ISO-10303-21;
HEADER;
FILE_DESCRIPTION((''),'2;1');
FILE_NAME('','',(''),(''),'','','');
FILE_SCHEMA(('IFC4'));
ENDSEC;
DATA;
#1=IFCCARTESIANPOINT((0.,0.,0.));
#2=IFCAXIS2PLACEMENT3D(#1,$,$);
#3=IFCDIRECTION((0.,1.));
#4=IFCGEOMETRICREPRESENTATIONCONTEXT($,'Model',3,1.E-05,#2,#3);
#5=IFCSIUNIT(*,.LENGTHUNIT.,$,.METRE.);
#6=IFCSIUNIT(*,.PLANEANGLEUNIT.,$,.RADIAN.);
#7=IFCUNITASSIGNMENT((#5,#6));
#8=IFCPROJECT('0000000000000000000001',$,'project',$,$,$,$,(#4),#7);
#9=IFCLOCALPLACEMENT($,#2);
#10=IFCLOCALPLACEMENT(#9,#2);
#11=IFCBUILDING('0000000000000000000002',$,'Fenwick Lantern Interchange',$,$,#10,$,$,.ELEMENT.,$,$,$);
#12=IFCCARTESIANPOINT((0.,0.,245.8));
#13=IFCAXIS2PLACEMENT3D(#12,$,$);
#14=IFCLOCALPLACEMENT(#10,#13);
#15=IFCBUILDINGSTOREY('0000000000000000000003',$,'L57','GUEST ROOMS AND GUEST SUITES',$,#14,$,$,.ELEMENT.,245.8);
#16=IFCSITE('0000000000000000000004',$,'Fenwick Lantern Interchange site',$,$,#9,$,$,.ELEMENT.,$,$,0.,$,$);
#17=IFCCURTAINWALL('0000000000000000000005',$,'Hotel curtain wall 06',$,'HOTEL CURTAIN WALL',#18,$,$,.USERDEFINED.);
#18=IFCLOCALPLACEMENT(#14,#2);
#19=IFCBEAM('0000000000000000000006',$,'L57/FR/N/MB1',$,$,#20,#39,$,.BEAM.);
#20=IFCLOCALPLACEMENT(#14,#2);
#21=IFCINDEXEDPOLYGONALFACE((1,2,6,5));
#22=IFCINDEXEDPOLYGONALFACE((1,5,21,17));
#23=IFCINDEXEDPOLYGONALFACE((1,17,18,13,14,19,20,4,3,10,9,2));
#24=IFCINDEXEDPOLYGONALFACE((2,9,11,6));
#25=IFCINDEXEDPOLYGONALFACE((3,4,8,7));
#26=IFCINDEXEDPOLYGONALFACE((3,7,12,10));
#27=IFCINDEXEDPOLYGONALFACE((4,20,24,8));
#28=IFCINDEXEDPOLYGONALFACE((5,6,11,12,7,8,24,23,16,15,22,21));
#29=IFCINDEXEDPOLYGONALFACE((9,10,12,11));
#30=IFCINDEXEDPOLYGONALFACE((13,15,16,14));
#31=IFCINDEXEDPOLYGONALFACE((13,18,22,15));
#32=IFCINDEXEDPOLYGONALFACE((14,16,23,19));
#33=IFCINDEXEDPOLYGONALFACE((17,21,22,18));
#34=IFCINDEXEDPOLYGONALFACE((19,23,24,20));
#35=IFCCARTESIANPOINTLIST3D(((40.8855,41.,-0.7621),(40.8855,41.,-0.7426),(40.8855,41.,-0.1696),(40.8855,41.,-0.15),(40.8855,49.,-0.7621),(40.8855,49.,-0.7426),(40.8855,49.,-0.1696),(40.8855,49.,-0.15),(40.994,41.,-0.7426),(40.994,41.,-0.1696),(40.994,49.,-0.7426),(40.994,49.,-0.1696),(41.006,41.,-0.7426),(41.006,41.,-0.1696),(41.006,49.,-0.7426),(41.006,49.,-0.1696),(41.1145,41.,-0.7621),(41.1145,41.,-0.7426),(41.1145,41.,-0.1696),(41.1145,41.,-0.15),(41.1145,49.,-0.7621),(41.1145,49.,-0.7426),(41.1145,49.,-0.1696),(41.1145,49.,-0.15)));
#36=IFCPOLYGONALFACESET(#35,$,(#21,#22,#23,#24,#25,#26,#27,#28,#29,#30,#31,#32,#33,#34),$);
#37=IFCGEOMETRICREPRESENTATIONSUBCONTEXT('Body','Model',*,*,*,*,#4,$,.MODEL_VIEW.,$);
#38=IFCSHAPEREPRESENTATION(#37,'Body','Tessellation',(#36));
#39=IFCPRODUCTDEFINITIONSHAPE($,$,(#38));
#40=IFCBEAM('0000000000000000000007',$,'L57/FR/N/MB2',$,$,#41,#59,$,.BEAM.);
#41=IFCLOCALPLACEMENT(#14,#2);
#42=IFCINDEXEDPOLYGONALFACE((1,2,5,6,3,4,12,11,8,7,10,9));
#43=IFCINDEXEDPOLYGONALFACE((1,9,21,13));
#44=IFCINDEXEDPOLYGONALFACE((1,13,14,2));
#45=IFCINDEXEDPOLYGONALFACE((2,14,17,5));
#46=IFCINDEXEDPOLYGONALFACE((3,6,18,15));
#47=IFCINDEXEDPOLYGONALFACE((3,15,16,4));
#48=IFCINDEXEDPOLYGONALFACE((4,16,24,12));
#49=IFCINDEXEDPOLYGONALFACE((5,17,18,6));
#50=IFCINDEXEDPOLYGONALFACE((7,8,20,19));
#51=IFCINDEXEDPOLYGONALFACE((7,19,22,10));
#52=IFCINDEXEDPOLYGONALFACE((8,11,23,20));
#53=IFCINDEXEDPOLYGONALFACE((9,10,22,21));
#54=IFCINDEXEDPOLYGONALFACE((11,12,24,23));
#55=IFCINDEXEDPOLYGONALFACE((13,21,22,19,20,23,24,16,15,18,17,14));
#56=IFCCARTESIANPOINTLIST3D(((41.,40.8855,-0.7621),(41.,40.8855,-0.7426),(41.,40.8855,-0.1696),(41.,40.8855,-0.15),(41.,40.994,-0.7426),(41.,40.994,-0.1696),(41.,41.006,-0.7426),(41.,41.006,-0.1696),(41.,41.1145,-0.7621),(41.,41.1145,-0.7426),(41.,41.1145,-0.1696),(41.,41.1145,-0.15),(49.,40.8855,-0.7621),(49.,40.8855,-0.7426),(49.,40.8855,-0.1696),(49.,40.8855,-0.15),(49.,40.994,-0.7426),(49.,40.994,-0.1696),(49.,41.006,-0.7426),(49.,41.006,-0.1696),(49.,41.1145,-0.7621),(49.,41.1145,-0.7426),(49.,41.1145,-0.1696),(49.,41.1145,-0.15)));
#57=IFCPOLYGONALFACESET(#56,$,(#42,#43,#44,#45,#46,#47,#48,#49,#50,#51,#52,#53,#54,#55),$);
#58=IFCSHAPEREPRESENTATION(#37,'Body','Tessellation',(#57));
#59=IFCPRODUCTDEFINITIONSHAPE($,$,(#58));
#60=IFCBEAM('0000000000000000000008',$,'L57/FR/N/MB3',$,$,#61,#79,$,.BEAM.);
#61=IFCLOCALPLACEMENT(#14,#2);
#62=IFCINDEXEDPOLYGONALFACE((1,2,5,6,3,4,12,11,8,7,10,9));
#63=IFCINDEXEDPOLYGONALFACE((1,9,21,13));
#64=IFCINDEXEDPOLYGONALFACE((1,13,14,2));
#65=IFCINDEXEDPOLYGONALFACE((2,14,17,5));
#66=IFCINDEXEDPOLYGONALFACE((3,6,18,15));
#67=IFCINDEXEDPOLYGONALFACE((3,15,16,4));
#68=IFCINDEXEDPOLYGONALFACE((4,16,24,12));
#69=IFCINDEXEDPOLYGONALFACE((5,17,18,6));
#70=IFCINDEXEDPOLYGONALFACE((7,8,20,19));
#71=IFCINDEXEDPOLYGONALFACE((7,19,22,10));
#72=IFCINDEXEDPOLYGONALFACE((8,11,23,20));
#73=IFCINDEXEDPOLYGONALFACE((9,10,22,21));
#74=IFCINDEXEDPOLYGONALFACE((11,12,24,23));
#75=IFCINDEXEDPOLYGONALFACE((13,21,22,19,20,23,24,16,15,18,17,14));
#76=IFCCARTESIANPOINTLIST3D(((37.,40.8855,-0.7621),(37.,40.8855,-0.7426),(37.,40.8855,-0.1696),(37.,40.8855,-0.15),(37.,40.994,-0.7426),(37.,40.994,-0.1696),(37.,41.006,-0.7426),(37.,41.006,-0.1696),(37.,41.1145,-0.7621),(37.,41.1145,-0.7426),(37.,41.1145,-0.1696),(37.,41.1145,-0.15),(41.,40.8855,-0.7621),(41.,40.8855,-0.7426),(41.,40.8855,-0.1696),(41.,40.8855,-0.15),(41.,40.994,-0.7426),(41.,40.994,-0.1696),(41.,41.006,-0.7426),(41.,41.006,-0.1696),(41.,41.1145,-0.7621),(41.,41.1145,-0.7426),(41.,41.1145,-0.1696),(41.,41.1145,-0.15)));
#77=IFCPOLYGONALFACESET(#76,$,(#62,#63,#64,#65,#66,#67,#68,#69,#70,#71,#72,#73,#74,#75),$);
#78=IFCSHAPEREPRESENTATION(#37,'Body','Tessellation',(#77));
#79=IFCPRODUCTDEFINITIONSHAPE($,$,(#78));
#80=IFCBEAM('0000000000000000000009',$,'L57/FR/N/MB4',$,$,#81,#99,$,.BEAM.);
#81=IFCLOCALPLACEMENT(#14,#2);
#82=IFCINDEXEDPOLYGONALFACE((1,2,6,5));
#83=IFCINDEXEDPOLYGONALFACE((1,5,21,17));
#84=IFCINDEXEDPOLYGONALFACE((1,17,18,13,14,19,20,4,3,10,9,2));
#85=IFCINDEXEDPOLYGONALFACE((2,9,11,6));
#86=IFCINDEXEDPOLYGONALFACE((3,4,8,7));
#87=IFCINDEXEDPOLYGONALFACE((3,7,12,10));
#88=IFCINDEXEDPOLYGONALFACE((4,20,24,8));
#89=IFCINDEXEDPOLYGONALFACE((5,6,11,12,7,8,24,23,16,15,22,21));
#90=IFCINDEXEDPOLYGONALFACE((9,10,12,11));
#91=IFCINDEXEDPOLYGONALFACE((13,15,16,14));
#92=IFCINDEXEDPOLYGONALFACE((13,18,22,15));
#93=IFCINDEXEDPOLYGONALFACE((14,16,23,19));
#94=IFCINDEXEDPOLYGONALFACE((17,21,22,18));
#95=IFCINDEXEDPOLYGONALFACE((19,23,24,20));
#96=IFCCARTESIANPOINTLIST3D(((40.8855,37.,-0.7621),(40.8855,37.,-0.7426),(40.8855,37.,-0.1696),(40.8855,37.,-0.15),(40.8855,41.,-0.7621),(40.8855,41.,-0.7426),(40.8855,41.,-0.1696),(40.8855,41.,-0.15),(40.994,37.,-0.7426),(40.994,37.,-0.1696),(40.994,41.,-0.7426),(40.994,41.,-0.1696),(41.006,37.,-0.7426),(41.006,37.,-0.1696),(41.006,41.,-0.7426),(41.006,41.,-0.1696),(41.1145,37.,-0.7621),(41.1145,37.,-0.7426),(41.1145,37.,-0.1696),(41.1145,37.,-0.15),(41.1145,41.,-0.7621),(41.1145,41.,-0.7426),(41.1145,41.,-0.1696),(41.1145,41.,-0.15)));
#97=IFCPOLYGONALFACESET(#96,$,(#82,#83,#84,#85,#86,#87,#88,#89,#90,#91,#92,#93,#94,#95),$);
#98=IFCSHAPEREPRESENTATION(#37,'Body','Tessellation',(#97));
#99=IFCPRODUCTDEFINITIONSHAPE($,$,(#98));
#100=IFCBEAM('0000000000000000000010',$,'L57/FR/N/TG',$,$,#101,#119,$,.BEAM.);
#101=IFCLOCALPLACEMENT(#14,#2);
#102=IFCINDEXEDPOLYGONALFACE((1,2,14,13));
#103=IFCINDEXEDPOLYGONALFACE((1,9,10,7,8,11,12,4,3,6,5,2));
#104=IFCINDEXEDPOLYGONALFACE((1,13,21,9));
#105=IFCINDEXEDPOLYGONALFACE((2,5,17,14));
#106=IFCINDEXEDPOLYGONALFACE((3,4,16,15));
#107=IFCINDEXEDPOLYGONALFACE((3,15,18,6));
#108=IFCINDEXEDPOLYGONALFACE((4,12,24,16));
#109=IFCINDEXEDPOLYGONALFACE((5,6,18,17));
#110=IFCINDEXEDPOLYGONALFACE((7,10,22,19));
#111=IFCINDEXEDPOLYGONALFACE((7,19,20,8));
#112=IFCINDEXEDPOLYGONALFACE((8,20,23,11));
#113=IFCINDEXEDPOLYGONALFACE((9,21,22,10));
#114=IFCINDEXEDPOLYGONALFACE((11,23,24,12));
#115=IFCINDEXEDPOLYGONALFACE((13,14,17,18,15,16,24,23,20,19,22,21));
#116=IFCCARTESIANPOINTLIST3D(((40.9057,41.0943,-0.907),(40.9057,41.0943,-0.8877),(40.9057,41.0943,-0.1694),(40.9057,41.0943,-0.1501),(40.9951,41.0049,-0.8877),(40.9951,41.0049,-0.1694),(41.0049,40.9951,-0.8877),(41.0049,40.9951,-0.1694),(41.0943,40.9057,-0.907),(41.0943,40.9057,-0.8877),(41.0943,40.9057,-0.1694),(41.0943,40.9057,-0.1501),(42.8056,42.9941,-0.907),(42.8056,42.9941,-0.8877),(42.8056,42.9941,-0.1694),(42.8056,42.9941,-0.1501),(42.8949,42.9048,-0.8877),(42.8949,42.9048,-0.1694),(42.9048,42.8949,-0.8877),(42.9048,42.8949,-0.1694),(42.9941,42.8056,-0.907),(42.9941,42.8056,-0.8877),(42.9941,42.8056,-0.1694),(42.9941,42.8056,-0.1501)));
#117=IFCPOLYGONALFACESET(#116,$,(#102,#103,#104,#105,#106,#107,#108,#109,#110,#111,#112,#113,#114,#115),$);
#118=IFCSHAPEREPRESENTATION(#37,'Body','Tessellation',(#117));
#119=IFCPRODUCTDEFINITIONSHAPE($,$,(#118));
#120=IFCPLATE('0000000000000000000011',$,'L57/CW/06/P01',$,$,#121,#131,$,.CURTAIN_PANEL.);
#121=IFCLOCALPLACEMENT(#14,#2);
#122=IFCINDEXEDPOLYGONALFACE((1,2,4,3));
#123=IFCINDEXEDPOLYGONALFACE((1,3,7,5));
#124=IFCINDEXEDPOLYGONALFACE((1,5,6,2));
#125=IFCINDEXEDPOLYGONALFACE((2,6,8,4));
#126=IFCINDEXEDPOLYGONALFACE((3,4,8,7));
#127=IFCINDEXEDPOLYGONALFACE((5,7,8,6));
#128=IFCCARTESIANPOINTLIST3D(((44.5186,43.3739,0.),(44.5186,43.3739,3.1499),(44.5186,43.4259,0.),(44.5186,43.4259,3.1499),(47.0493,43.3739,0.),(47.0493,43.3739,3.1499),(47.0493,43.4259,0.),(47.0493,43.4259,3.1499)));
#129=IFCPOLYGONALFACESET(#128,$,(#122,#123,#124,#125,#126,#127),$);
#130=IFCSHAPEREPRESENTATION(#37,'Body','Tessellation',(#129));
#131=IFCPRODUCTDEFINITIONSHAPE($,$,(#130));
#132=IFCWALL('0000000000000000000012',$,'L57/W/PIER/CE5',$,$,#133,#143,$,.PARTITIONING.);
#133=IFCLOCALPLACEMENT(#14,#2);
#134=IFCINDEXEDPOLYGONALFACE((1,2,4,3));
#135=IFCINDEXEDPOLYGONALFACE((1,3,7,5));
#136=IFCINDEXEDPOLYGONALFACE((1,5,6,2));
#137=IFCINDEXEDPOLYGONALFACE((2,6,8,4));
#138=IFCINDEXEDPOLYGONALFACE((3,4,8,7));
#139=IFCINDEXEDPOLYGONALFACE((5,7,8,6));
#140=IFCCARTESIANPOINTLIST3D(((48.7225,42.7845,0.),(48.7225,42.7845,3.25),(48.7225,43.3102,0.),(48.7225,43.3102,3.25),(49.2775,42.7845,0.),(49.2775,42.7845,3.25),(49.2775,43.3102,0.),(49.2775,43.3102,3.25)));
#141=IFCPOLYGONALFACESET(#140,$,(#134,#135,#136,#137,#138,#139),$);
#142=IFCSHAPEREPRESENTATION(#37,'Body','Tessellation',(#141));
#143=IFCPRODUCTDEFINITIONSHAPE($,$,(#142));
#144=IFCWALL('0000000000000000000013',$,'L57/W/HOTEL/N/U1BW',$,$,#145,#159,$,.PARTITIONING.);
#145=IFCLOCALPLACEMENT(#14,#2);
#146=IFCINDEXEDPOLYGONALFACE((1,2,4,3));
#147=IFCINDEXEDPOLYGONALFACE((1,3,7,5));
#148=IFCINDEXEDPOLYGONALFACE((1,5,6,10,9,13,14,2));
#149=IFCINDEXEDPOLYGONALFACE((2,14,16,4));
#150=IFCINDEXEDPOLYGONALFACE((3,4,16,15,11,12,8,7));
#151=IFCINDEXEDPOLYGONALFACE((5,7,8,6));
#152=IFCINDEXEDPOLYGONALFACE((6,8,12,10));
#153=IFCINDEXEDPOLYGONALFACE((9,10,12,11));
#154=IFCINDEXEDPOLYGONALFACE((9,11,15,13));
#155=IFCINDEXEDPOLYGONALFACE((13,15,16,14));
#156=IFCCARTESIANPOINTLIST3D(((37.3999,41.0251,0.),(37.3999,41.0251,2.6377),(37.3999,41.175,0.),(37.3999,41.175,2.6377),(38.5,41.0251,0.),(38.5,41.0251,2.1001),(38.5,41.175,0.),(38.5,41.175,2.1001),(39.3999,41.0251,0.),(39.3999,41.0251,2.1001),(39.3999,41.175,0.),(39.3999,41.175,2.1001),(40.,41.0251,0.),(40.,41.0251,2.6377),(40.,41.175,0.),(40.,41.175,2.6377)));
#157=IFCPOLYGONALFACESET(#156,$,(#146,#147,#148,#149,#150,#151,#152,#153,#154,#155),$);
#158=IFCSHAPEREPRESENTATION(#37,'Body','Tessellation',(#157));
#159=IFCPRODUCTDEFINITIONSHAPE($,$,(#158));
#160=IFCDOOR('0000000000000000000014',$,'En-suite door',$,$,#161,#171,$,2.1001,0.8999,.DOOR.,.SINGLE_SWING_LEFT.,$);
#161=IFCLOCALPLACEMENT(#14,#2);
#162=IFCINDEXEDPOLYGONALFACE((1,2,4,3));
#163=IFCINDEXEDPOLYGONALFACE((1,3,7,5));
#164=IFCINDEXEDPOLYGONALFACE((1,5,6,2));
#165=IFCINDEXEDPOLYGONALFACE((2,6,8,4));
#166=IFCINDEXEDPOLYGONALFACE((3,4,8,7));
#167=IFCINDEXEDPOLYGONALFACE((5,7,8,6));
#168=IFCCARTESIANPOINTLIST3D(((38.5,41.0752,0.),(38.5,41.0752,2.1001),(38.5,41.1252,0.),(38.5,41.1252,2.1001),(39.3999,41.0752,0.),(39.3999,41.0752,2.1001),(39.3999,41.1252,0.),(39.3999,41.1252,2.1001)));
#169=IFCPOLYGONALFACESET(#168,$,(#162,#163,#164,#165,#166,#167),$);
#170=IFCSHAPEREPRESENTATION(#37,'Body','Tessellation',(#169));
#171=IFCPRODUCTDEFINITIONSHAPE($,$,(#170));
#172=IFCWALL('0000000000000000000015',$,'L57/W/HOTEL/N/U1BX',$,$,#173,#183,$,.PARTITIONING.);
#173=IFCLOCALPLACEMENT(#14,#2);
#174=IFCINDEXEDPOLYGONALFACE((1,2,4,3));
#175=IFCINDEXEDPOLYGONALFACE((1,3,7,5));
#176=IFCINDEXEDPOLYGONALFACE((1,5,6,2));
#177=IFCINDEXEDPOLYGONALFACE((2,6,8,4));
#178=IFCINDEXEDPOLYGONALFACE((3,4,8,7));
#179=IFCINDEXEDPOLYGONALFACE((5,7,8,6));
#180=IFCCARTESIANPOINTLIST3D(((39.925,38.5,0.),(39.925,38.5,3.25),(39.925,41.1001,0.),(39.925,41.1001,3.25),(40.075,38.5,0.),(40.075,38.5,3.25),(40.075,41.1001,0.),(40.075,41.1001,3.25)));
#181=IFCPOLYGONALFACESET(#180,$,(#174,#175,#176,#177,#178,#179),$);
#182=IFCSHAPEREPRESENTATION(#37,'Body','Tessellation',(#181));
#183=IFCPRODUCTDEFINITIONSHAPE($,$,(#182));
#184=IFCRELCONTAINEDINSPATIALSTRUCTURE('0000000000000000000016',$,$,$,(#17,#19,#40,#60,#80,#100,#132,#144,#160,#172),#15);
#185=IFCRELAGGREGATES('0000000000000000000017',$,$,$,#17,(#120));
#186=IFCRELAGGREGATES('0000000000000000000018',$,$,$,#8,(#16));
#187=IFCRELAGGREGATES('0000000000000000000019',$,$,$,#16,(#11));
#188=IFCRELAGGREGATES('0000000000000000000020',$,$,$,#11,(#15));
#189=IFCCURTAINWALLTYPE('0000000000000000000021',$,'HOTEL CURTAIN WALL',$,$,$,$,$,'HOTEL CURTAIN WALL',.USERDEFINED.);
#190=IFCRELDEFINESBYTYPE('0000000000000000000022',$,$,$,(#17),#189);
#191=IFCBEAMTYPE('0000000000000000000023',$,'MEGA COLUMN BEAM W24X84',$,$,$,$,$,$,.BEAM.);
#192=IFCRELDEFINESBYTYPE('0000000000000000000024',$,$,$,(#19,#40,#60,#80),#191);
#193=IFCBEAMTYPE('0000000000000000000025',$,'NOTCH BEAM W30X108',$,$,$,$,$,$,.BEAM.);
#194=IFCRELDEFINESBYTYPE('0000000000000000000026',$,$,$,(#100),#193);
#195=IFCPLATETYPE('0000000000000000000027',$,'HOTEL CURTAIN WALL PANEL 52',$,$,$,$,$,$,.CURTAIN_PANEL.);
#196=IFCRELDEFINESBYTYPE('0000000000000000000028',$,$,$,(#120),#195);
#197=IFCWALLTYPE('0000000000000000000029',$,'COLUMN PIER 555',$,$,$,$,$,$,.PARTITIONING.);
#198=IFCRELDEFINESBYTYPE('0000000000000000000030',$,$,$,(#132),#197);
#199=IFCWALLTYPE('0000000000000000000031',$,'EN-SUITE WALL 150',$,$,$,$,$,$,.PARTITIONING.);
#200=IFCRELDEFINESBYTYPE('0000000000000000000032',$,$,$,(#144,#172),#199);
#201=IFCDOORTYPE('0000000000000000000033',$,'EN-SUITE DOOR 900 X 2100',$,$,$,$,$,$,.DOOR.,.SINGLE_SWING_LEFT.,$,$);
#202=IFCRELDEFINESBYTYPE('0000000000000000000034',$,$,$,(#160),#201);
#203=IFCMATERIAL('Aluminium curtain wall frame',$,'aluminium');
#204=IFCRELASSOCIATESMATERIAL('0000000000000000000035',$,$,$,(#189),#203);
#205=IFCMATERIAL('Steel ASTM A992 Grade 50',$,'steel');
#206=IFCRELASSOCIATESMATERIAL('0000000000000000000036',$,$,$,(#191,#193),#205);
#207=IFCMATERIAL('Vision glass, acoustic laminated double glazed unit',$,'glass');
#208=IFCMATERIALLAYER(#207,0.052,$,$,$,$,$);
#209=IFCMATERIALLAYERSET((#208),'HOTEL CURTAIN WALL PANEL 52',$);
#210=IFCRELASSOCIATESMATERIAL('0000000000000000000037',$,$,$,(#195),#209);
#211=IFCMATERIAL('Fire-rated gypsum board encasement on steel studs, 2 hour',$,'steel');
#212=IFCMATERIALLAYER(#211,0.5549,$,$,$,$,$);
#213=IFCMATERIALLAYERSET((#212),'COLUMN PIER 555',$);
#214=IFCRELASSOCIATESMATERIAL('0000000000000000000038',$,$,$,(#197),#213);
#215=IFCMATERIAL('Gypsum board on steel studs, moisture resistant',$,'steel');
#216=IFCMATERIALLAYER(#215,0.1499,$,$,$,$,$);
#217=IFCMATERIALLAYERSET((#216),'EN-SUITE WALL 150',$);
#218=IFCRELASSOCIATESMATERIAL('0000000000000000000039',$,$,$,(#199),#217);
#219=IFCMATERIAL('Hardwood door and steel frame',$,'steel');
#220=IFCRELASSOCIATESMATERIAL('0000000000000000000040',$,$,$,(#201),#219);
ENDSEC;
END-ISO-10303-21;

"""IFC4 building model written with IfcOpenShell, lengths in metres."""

from ifc_helpers import new_model, si_unit, direction, frame, frame_2d, origin, origin_2d, place, context, subcontext, project, spatial, rectangle, i_section, extrude, material, layer, layer_set, material_profile, profile_set, type_object, element, fill, aggregate, save


model = new_model("IFC4")

# Units and contexts
model_context = context("Model", 3, precision=1e-05, world=origin(), true_north=direction((0.0, 1.0)))
body_context = subcontext(model_context, "Body", "Model", "MODEL_VIEW")
ifc_project = project(units=[si_unit("LENGTHUNIT", "METRE"), si_unit("PLANEANGLEUNIT", "RADIAN")], contexts=[model_context])

# Site, building, storey
site_placement = place(None, origin())
site = spatial("IfcSite", under=ifc_project, at=site_placement, Name="Fenwick Lantern Interchange site", CompositionType="ELEMENT", RefElevation=0.0)
building_placement = place(site_placement, origin())
building = spatial("IfcBuilding", under=site, at=building_placement, Name="Fenwick Lantern Interchange", CompositionType="ELEMENT")
storey_placement = place(building_placement, frame((0.0, 0.0, 245.8)))
storey = spatial("IfcBuildingStorey", under=building, at=storey_placement, Name="L57", Description="GUEST ROOMS AND GUEST SUITES", CompositionType="ELEMENT", Elevation=245.8)

# Shared definitions
ifc_material_1 = material(Name="Steel ASTM A992 Grade 50", Category="steel")

# Curtain wall
ifc_material_2 = material(Name="Aluminium curtain wall frame", Category="aluminium")
curtain_wall_type = type_object("IfcCurtainWallType", Name="HOTEL CURTAIN WALL", ElementType="HOTEL CURTAIN WALL", PredefinedType="USERDEFINED", material=ifc_material_2)
curtain_wall_1_placement = place(storey_placement, origin())
curtain_wall_1 = element("IfcCurtainWall", 1, at=curtain_wall_1_placement, inside=storey, type_object=curtain_wall_type, Name="Hotel curtain wall 06", ObjectType="HOTEL CURTAIN WALL", PredefinedType="USERDEFINED")

# Beams
ifc_material_profile_1 = material_profile(ifc_material_1, i_section(OverallWidth=0.229, OverallDepth=0.6121, WebThickness=0.012, FlangeThickness=0.0195, at=origin_2d()), Name="W24X84")
ifc_profile_set_1 = profile_set([ifc_material_profile_1], Name="Steel ASTM A992 Grade 50")
beam_type_1 = type_object("IfcBeamType", Name="MEGA COLUMN BEAM W24X84", PredefinedType="BEAM", material=ifc_profile_set_1)
for number, where, z_axis, x_axis, name in (
    (2, (41.0, 41.0, -0.4561), (0.0, 1.0, 0.0), (-1.0, 0.0, 0.0), "L57/FR/N/MB1"),
    (3, (41.0, 41.0, -0.4561), (1.0, 0.0, 0.0), (0.0, 1.0, 0.0), "L57/FR/N/MB2"),
):
    element("IfcBeam", number, at=place(storey_placement, frame(where, z_axis=z_axis, x_axis=x_axis)), inside=storey, type_object=beam_type_1, Name=name, PredefinedType="BEAM", context=body_context, shape_type="SweptSolid", body=[
        extrude(i_section(OverallWidth=0.229, OverallDepth=0.6121, WebThickness=0.012, FlangeThickness=0.0195, at=origin_2d()), origin(), (0.0, 0.0, 1.0), 8.0),
    ])
for number, where, z_axis, x_axis, name in (
    (4, (41.0, 41.0, -0.4561), (-1.0, 0.0, 0.0), (0.0, -1.0, 0.0), "L57/FR/N/MB3"),
    (5, (41.0, 41.0, -0.4561), (0.0, -1.0, 0.0), (1.0, 0.0, 0.0), "L57/FR/N/MB4"),
):
    element("IfcBeam", number, at=place(storey_placement, frame(where, z_axis=z_axis, x_axis=x_axis)), inside=storey, type_object=beam_type_1, Name=name, PredefinedType="BEAM", context=body_context, shape_type="SweptSolid", body=[
        extrude(i_section(OverallWidth=0.229, OverallDepth=0.6121, WebThickness=0.012, FlangeThickness=0.0195, at=origin_2d()), origin(), (0.0, 0.0, 1.0), 4.0),
    ])
ifc_material_profile_2 = material_profile(ifc_material_1, i_section(OverallWidth=0.2666, OverallDepth=0.7568, WebThickness=0.0139, FlangeThickness=0.0193, at=origin_2d()), Name="W30X108")
ifc_profile_set_2 = profile_set([ifc_material_profile_2], Name="Steel ASTM A992 Grade 50")
beam_type_2 = type_object("IfcBeamType", Name="NOTCH BEAM W30X108", PredefinedType="BEAM", material=ifc_profile_set_2)
beam_1_placement = place(storey_placement, frame((41.0, 41.0, -0.5286), z_axis=(0.707107, 0.707107, 0.0), x_axis=(-0.707107, 0.707107, 0.0)))
element("IfcBeam", 6, at=beam_1_placement, inside=storey, type_object=beam_type_2, Name="L57/FR/N/TG", PredefinedType="BEAM", context=body_context, shape_type="SweptSolid", body=[
    extrude(i_section(OverallWidth=0.2666, OverallDepth=0.7568, WebThickness=0.0139, FlangeThickness=0.0193, at=origin_2d()), origin(), (0.0, 0.0, 1.0), 2.6868),
])

# Plate
ifc_material_3 = material(Name="Vision glass, acoustic laminated double glazed unit", Category="glass")
ifc_layer_1 = layer(ifc_material_3, 0.052)
ifc_layer_set_1 = layer_set([ifc_layer_1], Name="HOTEL CURTAIN WALL PANEL 52")
plate_type = type_object("IfcPlateType", Name="HOTEL CURTAIN WALL PANEL 52", PredefinedType="CURTAIN_PANEL", material=ifc_layer_set_1)
plate_placement = place(storey_placement, frame((45.7839, 43.3999, 0.0), z_axis=(0.0, 0.0, 1.0), x_axis=(-1.0, 0.0, 0.0)))
plate = element("IfcPlate", 7, at=plate_placement, type_object=plate_type, Name="L57/CW/06/P01", PredefinedType="CURTAIN_PANEL", context=body_context, shape_type="SweptSolid", body=[
    extrude(rectangle(XDim=2.5308, YDim=0.052, at=origin_2d()), origin(), (0.0, 0.0, 1.0), 3.1499),
])
aggregate(curtain_wall_1, [plate])

# Wall
ifc_material_4 = material(Name="Fire-rated gypsum board encasement on steel studs, 2 hour", Category="steel")
ifc_layer_2 = layer(ifc_material_4, 0.5549)
ifc_layer_set_2 = layer_set([ifc_layer_2], Name="COLUMN PIER 555")
wall_type_1 = type_object("IfcWallType", Name="COLUMN PIER 555", PredefinedType="PARTITIONING", material=ifc_layer_set_2)
wall_1_placement = place(storey_placement, frame((49.0, 43.3101, 0.0), z_axis=(0.0, 0.0, 1.0), x_axis=(0.0, -1.0, 0.0)))
element("IfcWall", 8, at=wall_1_placement, inside=storey, type_object=wall_type_1, Name="L57/W/PIER/CE5", PredefinedType="PARTITIONING", context=body_context, shape_type="SweptSolid", body=[
    extrude(rectangle(XDim=0.5256, YDim=0.5549, at=frame_2d((0.2627, 0.0))), origin(), (0.0, 0.0, 1.0), 3.25),
])

# Wall, opening, door
ifc_material_5 = material(Name="Gypsum board on steel studs, moisture resistant", Category="steel")
ifc_layer_3 = layer(ifc_material_5, 0.1499)
ifc_layer_set_3 = layer_set([ifc_layer_3], Name="EN-SUITE WALL 150")
wall_type_2 = type_object("IfcWallType", Name="EN-SUITE WALL 150", PredefinedType="PARTITIONING", material=ifc_layer_set_3)
wall_2_placement = place(storey_placement, frame((40.0, 41.1001, 0.0), z_axis=(0.0, 0.0, 1.0), x_axis=(-1.0, 0.0, 0.0)))
wall_2 = element("IfcWall", 9, at=wall_2_placement, inside=storey, type_object=wall_type_2, Name="L57/W/HOTEL/N/U1BW", PredefinedType="PARTITIONING", context=body_context, shape_type="SweptSolid", body=[
    extrude(rectangle(XDim=2.6001, YDim=0.1499, at=frame_2d((1.3, 0.0))), origin(), (0.0, 0.0, 1.0), 2.6377),
])
opening_placement = place(wall_2_placement, frame((0.6001, 0.0, 0.0)))
opening = element("IfcOpeningElement", 10, at=opening_placement, cuts=wall_2, PredefinedType="OPENING", context=body_context, shape_type="SweptSolid", body=[
    extrude(rectangle(XDim=0.8999, YDim=2.1001, at=frame_2d((0.45, 1.05))), frame((0.0, 0.085, 0.0), z_axis=(0.0, -1.0, 0.0), x_axis=(1.0, 0.0, 0.0)), (0.0, 0.0, 1.0), 0.1699),
])
ifc_material_6 = material(Name="Hardwood door and steel frame", Category="steel")
door_type = type_object("IfcDoorType", Name="EN-SUITE DOOR 900 X 2100", OperationType="SINGLE_SWING_LEFT", PredefinedType="DOOR", material=ifc_material_6)
door_placement = place(opening_placement, origin())
door = element("IfcDoor", 11, at=door_placement, inside=storey, type_object=door_type, Name="En-suite door", OperationType="SINGLE_SWING_LEFT", OverallHeight=2.1001, OverallWidth=0.8999, PredefinedType="DOOR", context=body_context, shape_type="SweptSolid", body=[
    extrude(rectangle(XDim=0.8999, YDim=2.1001, at=frame_2d((0.45, 1.05))), frame((0.0, 0.0249, 0.0), z_axis=(0.0, -1.0, 0.0), x_axis=(1.0, 0.0, 0.0)), (0.0, 0.0, 1.0), 0.05),
])
fill(opening, door)

# Wall
wall_3_placement = place(storey_placement, frame((40.0, 41.1001, 0.0), z_axis=(0.0, 0.0, 1.0), x_axis=(0.0, -1.0, 0.0)))
element("IfcWall", 12, at=wall_3_placement, inside=storey, type_object=wall_type_2, Name="L57/W/HOTEL/N/U1BX", PredefinedType="PARTITIONING", context=body_context, shape_type="SweptSolid", body=[
    extrude(rectangle(XDim=2.6001, YDim=0.1499, at=frame_2d((1.3, 0.0))), origin(), (0.0, 0.0, 1.0), 3.25),
])

save(model, "model.ifc")
